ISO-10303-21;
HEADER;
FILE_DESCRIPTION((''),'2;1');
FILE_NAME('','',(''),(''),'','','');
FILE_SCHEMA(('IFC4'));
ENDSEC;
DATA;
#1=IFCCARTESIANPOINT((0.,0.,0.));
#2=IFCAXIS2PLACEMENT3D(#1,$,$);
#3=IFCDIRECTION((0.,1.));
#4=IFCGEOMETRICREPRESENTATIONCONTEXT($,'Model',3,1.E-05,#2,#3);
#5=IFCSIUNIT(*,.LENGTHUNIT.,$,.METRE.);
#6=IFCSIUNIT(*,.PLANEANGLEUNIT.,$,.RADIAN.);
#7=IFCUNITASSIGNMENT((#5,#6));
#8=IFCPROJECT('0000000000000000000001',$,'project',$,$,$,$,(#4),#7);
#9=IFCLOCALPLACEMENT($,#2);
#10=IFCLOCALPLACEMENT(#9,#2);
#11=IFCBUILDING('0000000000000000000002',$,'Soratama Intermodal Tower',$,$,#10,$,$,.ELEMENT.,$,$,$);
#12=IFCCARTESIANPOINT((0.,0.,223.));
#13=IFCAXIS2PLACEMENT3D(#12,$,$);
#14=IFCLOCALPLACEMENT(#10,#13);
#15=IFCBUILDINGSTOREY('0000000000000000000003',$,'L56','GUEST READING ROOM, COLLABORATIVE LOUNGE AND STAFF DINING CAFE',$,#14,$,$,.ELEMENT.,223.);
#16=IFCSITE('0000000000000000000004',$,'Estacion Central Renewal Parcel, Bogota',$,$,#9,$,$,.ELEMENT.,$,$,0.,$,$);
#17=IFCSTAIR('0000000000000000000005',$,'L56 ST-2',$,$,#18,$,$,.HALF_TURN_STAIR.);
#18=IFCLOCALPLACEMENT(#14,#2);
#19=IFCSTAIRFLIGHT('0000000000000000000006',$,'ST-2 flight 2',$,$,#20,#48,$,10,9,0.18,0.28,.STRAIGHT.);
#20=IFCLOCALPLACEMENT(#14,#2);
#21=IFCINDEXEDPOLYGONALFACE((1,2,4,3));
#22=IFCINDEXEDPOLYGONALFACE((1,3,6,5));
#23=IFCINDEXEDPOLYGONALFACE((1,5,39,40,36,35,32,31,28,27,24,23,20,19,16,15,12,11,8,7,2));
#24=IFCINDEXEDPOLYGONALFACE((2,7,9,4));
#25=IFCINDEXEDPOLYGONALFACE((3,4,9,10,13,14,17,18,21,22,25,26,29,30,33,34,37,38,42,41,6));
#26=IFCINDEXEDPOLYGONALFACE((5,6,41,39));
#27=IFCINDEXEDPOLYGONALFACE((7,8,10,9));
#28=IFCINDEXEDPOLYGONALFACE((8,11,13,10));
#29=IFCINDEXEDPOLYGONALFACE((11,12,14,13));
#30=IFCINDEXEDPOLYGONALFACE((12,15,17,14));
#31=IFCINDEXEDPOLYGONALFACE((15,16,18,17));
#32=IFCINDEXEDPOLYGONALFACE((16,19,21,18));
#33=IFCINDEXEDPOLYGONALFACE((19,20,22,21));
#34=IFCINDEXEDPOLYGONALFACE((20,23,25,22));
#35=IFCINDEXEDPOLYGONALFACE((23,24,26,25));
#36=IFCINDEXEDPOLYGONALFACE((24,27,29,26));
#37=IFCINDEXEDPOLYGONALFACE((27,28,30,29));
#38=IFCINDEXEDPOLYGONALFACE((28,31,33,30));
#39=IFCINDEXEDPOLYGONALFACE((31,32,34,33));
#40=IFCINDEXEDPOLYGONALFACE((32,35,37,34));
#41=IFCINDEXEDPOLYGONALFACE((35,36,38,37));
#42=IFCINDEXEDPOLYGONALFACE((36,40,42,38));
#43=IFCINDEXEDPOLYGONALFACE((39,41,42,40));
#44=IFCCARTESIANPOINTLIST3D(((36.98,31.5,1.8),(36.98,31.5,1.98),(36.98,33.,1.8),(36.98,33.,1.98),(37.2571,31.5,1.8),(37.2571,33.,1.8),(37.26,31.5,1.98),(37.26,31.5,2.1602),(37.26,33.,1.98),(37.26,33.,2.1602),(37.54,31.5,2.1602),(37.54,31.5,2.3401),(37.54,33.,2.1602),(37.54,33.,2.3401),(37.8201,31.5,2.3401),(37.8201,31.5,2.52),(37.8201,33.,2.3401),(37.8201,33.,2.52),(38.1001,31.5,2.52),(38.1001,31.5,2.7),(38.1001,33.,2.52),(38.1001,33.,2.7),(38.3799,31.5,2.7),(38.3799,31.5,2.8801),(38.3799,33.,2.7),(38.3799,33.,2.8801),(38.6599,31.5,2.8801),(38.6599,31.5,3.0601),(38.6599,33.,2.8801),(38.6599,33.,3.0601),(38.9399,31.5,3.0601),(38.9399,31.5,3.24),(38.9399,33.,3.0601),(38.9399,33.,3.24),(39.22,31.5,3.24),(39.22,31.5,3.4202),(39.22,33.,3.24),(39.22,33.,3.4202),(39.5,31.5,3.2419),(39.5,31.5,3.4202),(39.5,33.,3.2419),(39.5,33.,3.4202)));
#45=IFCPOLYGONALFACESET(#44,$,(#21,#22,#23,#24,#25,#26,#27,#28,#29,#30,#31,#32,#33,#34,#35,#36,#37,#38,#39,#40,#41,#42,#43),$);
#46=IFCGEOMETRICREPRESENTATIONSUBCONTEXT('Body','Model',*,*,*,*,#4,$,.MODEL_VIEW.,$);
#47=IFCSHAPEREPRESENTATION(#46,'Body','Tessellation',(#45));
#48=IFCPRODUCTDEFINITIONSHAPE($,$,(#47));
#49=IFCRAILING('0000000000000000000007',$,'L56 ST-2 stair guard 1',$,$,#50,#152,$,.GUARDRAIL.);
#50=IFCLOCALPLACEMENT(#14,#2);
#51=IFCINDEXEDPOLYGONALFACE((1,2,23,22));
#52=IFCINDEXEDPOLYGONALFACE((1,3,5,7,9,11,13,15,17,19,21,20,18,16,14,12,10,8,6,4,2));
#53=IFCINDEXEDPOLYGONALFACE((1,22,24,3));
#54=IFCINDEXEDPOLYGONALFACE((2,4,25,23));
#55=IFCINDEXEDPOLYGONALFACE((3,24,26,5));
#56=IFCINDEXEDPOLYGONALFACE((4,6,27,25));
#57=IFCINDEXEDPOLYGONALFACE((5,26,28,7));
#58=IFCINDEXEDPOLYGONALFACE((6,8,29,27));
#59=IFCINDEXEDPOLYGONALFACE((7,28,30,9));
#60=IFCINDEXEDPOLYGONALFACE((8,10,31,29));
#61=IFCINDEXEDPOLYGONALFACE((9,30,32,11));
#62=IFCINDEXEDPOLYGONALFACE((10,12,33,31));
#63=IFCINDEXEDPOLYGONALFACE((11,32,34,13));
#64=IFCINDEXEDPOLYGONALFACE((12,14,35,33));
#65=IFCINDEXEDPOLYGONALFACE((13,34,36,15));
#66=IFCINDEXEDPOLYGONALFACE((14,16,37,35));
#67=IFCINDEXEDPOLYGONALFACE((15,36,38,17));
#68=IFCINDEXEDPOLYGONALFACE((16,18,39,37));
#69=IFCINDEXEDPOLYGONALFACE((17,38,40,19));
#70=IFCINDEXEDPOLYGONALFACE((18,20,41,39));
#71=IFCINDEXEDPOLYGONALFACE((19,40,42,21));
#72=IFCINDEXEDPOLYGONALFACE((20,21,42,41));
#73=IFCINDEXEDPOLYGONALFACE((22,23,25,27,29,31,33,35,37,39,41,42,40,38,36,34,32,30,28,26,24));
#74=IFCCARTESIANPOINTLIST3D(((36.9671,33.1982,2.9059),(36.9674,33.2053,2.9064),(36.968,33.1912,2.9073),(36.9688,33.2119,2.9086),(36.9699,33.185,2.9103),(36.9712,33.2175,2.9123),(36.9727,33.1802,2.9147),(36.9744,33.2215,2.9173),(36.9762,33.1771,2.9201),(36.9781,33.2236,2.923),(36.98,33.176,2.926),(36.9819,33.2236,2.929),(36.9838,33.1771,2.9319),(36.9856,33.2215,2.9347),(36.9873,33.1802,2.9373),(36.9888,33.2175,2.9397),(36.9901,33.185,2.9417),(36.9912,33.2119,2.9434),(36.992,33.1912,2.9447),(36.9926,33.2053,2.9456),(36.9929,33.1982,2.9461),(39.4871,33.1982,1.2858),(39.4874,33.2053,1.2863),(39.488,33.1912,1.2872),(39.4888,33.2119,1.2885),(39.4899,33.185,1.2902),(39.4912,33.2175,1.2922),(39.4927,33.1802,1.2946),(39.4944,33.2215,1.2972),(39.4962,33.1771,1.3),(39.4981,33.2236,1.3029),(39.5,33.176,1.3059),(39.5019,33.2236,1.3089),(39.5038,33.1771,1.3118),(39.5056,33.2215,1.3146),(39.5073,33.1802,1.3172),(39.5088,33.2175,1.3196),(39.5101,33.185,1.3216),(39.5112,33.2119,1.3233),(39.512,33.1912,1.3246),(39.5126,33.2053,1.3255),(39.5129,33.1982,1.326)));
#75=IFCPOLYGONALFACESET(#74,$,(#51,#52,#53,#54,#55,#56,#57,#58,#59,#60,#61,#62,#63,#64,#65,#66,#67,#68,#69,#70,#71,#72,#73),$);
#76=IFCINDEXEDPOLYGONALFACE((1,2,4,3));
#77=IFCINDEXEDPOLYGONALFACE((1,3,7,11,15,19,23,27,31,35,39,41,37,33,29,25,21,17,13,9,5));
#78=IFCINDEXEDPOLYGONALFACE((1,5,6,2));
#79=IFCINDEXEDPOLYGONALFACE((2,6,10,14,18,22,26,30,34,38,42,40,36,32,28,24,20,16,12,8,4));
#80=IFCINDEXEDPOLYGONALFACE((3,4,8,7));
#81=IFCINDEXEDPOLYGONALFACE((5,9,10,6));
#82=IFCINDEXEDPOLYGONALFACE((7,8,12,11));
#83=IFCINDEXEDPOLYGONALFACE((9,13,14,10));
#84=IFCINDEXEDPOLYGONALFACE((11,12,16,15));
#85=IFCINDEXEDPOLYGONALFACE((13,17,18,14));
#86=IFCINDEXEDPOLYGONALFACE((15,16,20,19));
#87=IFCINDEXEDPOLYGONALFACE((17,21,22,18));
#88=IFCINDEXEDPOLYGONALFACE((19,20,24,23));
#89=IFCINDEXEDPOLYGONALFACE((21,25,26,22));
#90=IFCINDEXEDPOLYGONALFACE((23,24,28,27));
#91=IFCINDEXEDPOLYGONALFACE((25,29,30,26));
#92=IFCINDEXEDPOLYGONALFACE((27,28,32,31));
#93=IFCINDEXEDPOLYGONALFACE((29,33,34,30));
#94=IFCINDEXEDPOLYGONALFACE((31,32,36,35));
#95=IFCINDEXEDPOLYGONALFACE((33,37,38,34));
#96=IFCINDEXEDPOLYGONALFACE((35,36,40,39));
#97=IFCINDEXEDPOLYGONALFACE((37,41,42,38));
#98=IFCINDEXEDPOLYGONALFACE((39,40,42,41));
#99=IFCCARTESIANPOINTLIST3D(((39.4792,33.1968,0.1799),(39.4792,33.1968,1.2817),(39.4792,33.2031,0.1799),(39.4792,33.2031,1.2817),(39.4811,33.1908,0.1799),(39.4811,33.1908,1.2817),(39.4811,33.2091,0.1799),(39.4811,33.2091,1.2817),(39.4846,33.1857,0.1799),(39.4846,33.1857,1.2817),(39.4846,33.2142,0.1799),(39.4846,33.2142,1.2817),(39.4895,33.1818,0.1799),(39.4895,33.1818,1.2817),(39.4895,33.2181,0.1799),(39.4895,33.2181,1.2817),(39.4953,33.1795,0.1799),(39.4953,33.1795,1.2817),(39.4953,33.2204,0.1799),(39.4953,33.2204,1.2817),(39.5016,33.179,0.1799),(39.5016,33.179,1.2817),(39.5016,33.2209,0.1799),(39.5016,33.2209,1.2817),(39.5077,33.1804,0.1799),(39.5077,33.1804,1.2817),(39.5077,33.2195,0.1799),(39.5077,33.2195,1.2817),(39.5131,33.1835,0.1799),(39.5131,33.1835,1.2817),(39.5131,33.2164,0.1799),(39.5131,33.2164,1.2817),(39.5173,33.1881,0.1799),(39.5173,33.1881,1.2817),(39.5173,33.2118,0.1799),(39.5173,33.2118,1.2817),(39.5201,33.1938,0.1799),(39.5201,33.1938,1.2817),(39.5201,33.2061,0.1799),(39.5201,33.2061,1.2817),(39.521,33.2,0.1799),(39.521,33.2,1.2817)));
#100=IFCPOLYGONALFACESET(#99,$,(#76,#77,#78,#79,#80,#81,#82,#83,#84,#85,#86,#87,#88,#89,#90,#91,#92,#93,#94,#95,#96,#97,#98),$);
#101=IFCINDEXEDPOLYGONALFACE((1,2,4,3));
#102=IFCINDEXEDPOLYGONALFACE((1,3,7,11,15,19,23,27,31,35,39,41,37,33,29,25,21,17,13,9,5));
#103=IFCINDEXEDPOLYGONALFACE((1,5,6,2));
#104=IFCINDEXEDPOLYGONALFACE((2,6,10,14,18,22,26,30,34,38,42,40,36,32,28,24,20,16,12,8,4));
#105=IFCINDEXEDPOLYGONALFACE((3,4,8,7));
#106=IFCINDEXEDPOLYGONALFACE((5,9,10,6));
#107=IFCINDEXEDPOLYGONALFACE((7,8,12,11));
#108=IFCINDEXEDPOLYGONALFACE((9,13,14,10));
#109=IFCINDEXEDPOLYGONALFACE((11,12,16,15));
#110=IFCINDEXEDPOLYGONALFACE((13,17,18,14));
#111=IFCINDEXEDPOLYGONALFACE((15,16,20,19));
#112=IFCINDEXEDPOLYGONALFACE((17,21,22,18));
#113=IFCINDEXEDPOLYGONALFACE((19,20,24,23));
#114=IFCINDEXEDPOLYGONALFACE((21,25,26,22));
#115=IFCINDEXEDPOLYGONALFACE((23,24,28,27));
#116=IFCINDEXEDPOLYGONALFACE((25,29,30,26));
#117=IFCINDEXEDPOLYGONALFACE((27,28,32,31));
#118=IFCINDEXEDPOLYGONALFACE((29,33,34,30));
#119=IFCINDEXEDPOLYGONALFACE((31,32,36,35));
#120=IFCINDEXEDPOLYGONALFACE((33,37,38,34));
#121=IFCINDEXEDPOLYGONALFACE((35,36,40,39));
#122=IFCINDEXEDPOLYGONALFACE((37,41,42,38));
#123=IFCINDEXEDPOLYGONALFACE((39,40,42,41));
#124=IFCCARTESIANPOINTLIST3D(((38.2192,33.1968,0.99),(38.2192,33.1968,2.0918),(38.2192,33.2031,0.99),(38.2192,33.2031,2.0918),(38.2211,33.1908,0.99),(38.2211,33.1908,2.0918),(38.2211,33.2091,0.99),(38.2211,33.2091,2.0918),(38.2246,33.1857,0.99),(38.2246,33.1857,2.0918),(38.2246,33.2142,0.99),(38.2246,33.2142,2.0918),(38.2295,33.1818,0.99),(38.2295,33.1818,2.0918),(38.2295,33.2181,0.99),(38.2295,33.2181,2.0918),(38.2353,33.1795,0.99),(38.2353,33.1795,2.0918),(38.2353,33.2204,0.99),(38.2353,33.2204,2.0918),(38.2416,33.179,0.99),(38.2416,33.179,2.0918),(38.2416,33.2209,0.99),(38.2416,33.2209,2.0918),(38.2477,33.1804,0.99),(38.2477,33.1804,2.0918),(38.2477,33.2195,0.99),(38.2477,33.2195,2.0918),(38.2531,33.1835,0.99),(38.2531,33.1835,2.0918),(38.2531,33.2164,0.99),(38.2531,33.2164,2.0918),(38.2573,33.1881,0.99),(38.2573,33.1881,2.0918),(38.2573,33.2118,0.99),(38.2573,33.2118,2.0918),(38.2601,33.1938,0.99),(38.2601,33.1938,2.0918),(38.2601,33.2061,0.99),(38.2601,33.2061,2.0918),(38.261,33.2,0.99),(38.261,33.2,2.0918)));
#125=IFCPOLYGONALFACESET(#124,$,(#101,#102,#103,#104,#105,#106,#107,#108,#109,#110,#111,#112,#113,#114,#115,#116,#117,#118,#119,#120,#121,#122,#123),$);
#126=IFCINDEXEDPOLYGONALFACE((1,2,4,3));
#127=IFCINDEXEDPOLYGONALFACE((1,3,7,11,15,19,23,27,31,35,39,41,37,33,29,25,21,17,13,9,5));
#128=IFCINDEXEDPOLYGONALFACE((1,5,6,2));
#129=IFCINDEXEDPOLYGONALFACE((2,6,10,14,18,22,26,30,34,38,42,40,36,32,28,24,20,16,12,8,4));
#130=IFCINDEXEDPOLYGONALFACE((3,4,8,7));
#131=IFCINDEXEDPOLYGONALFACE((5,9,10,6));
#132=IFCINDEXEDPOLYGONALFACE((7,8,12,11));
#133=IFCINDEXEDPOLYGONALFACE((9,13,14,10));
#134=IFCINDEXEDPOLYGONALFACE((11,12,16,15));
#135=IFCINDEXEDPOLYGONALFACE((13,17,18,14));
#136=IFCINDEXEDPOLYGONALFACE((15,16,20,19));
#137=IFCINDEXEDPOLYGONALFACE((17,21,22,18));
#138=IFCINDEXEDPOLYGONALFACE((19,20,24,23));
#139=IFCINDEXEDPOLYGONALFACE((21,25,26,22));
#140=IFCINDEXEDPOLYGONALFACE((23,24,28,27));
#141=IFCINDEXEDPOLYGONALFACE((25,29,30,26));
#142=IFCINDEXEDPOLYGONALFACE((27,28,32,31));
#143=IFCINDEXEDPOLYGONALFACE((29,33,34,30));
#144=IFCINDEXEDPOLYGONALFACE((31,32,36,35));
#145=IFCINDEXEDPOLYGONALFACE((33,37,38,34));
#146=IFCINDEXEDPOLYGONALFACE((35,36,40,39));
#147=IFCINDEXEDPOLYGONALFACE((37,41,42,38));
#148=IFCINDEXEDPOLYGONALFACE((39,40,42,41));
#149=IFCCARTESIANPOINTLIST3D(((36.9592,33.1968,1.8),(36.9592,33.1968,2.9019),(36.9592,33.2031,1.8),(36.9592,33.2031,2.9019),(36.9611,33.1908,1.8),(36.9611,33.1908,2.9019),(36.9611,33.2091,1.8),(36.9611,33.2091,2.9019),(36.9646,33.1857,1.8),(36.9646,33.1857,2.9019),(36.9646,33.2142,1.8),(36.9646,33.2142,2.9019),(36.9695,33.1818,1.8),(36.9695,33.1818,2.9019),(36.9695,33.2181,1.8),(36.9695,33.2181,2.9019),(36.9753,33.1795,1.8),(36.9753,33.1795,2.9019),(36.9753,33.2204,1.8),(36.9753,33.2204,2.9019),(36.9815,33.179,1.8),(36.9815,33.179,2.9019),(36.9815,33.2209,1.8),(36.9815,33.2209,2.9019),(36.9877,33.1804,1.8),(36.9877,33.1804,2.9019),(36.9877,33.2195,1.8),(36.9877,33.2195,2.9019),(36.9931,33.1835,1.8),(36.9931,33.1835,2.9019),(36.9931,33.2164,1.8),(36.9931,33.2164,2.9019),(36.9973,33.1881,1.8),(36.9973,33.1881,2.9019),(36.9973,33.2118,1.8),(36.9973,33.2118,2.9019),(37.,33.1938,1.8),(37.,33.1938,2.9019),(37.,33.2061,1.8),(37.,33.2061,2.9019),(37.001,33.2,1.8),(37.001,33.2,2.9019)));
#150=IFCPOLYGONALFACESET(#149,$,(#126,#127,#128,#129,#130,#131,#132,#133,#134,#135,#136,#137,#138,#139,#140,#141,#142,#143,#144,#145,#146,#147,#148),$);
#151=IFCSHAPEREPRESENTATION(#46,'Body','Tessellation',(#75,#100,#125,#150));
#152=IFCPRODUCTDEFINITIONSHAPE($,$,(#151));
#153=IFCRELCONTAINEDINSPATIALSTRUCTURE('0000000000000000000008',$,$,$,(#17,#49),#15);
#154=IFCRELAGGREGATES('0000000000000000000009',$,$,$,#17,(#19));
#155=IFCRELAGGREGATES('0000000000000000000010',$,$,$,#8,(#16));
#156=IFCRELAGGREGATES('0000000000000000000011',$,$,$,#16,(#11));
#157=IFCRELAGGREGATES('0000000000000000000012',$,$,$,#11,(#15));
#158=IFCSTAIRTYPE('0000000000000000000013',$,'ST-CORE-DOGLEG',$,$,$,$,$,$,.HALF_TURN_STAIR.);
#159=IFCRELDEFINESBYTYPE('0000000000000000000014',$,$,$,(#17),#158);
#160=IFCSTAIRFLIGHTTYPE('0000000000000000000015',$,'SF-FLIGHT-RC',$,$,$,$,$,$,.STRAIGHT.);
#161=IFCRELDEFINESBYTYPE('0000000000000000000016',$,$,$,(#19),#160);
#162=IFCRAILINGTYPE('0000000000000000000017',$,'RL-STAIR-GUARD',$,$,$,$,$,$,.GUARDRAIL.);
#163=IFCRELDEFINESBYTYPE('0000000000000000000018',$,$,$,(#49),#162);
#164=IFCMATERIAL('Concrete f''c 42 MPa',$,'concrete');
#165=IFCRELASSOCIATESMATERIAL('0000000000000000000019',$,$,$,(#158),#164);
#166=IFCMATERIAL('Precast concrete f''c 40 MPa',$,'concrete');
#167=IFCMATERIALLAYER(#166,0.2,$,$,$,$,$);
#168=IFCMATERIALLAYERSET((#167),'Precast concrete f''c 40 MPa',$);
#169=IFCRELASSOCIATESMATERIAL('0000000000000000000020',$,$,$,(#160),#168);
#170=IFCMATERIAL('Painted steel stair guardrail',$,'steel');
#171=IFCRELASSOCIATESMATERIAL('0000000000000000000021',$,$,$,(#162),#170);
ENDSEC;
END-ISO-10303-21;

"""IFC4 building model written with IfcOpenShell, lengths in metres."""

from ifc_helpers import new_model, si_unit, direction, frame, origin, origin_2d, place, context, subcontext, project, spatial, polyline, circle, outline, extrude, material, layer, layer_set, type_object, element, aggregate, save


model = new_model("IFC4")

# Units and contexts
model_context = context("Model", 3, precision=1e-05, world=origin(), true_north=direction((0.0, 1.0)))
body_context = subcontext(model_context, "Body", "Model", "MODEL_VIEW")
ifc_project = project(units=[si_unit("LENGTHUNIT", "METRE"), si_unit("PLANEANGLEUNIT", "RADIAN")], contexts=[model_context])

# Site, building, storey
site_placement = place(None, origin())
site = spatial("IfcSite", under=ifc_project, at=site_placement, Name="Estacion Central Renewal Parcel, Bogota", CompositionType="ELEMENT", RefElevation=0.0)
building_placement = place(site_placement, origin())
building = spatial("IfcBuilding", under=site, at=building_placement, Name="Soratama Intermodal Tower", CompositionType="ELEMENT")
storey_placement = place(building_placement, frame((0.0, 0.0, 223.0)))
storey = spatial("IfcBuildingStorey", under=building, at=storey_placement, Name="L56", Description="GUEST READING ROOM, COLLABORATIVE LOUNGE AND STAFF DINING CAFE", CompositionType="ELEMENT", Elevation=223.0)

# Stair, stair flight
ifc_material_1 = material(Name="Concrete f'c 42 MPa", Category="concrete")
stair_type = type_object("IfcStairType", Name="ST-CORE-DOGLEG", PredefinedType="HALF_TURN_STAIR", material=ifc_material_1)
stair_placement = place(storey_placement, origin())
stair = element("IfcStair", 1, at=stair_placement, inside=storey, type_object=stair_type, Name="L56 ST-2", PredefinedType="HALF_TURN_STAIR")
ifc_material_2 = material(Name="Precast concrete f'c 40 MPa", Category="concrete")
ifc_layer_1 = layer(ifc_material_2, 0.2)
ifc_layer_set_1 = layer_set([ifc_layer_1], Name="Precast concrete f'c 40 MPa")
stair_flight_type = type_object("IfcStairFlightType", Name="SF-FLIGHT-RC", PredefinedType="STRAIGHT", material=ifc_layer_set_1)
stair_flight_1_placement = place(storey_placement, frame((36.98, 32.25, 1.8), z_axis=(0.0, 0.0, 1.0), x_axis=(1.0, 0.0, 0.0)))
stair_flight_1 = element("IfcStairFlight", 2, at=stair_flight_1_placement, type_object=stair_flight_type, Name="ST-2 flight 2", NumberOfRisers=10, NumberOfTreads=9, PredefinedType="STRAIGHT", RiserHeight=0.18, TreadLength=0.28, context=body_context, shape_type="SweptSolid", body=[
    extrude(outline(polyline([(0.0, 0.0), (0.0, 0.1799), (0.28, 0.1799), (0.28, 0.3601), (0.5601, 0.3601), (0.5601, 0.54), (0.8401, 0.54), (0.8401, 0.72), (1.1201, 0.72), (1.1201, 0.8999), (1.3999, 0.8999), (1.3999, 1.0801), (1.6799, 1.0801), (1.6799, 1.26), (1.96, 1.26), (1.96, 1.4399), (2.24, 1.4399), (2.24, 1.6201), (2.52, 1.6201), (2.52, 1.8), (2.52, 1.4419), (0.2771, 0.0), (0.0, 0.0)])), frame((0.0, 0.75, 0.0), z_axis=(0.0, -1.0, 0.0), x_axis=(1.0, 0.0, 0.0)), (0.0, 0.0, 1.0), 1.5),
])
aggregate(stair, [stair_flight_1])

# Railing
ifc_material_3 = material(Name="Painted steel stair guardrail", Category="steel")
railing_type_1 = type_object("IfcRailingType", Name="RL-STAIR-GUARD", PredefinedType="GUARDRAIL", material=ifc_material_3)
railing_1_placement = place(storey_placement, frame((39.5, 33.2, 0.1799)))
element("IfcRailing", 3, at=railing_1_placement, inside=storey, type_object=railing_type_1, Name="L56 ST-2 stair guard 1", PredefinedType="GUARDRAIL", context=body_context, shape_type="SweptSolid", body=[
    extrude(circle(Radius=0.0239, at=origin_2d()), frame((0.0, 0.0, 1.126), z_axis=(-0.841163, 0.0, 0.540782), x_axis=(0.0, -1.0, 0.0)), (0.0, 0.0, 1.0), 2.9958),
    extrude(circle(Radius=0.021, at=origin_2d()), origin(), (0.0, 0.0, 1.0), 1.1018),
    extrude(circle(Radius=0.021, at=origin_2d()), frame((-1.26, 0.0, 0.8101)), (0.0, 0.0, 1.0), 1.1018),
    extrude(circle(Radius=0.021, at=origin_2d()), frame((-2.52, 0.0, 1.6201)), (0.0, 0.0, 1.0), 1.1018),
])

save(model, "model.ifc")
